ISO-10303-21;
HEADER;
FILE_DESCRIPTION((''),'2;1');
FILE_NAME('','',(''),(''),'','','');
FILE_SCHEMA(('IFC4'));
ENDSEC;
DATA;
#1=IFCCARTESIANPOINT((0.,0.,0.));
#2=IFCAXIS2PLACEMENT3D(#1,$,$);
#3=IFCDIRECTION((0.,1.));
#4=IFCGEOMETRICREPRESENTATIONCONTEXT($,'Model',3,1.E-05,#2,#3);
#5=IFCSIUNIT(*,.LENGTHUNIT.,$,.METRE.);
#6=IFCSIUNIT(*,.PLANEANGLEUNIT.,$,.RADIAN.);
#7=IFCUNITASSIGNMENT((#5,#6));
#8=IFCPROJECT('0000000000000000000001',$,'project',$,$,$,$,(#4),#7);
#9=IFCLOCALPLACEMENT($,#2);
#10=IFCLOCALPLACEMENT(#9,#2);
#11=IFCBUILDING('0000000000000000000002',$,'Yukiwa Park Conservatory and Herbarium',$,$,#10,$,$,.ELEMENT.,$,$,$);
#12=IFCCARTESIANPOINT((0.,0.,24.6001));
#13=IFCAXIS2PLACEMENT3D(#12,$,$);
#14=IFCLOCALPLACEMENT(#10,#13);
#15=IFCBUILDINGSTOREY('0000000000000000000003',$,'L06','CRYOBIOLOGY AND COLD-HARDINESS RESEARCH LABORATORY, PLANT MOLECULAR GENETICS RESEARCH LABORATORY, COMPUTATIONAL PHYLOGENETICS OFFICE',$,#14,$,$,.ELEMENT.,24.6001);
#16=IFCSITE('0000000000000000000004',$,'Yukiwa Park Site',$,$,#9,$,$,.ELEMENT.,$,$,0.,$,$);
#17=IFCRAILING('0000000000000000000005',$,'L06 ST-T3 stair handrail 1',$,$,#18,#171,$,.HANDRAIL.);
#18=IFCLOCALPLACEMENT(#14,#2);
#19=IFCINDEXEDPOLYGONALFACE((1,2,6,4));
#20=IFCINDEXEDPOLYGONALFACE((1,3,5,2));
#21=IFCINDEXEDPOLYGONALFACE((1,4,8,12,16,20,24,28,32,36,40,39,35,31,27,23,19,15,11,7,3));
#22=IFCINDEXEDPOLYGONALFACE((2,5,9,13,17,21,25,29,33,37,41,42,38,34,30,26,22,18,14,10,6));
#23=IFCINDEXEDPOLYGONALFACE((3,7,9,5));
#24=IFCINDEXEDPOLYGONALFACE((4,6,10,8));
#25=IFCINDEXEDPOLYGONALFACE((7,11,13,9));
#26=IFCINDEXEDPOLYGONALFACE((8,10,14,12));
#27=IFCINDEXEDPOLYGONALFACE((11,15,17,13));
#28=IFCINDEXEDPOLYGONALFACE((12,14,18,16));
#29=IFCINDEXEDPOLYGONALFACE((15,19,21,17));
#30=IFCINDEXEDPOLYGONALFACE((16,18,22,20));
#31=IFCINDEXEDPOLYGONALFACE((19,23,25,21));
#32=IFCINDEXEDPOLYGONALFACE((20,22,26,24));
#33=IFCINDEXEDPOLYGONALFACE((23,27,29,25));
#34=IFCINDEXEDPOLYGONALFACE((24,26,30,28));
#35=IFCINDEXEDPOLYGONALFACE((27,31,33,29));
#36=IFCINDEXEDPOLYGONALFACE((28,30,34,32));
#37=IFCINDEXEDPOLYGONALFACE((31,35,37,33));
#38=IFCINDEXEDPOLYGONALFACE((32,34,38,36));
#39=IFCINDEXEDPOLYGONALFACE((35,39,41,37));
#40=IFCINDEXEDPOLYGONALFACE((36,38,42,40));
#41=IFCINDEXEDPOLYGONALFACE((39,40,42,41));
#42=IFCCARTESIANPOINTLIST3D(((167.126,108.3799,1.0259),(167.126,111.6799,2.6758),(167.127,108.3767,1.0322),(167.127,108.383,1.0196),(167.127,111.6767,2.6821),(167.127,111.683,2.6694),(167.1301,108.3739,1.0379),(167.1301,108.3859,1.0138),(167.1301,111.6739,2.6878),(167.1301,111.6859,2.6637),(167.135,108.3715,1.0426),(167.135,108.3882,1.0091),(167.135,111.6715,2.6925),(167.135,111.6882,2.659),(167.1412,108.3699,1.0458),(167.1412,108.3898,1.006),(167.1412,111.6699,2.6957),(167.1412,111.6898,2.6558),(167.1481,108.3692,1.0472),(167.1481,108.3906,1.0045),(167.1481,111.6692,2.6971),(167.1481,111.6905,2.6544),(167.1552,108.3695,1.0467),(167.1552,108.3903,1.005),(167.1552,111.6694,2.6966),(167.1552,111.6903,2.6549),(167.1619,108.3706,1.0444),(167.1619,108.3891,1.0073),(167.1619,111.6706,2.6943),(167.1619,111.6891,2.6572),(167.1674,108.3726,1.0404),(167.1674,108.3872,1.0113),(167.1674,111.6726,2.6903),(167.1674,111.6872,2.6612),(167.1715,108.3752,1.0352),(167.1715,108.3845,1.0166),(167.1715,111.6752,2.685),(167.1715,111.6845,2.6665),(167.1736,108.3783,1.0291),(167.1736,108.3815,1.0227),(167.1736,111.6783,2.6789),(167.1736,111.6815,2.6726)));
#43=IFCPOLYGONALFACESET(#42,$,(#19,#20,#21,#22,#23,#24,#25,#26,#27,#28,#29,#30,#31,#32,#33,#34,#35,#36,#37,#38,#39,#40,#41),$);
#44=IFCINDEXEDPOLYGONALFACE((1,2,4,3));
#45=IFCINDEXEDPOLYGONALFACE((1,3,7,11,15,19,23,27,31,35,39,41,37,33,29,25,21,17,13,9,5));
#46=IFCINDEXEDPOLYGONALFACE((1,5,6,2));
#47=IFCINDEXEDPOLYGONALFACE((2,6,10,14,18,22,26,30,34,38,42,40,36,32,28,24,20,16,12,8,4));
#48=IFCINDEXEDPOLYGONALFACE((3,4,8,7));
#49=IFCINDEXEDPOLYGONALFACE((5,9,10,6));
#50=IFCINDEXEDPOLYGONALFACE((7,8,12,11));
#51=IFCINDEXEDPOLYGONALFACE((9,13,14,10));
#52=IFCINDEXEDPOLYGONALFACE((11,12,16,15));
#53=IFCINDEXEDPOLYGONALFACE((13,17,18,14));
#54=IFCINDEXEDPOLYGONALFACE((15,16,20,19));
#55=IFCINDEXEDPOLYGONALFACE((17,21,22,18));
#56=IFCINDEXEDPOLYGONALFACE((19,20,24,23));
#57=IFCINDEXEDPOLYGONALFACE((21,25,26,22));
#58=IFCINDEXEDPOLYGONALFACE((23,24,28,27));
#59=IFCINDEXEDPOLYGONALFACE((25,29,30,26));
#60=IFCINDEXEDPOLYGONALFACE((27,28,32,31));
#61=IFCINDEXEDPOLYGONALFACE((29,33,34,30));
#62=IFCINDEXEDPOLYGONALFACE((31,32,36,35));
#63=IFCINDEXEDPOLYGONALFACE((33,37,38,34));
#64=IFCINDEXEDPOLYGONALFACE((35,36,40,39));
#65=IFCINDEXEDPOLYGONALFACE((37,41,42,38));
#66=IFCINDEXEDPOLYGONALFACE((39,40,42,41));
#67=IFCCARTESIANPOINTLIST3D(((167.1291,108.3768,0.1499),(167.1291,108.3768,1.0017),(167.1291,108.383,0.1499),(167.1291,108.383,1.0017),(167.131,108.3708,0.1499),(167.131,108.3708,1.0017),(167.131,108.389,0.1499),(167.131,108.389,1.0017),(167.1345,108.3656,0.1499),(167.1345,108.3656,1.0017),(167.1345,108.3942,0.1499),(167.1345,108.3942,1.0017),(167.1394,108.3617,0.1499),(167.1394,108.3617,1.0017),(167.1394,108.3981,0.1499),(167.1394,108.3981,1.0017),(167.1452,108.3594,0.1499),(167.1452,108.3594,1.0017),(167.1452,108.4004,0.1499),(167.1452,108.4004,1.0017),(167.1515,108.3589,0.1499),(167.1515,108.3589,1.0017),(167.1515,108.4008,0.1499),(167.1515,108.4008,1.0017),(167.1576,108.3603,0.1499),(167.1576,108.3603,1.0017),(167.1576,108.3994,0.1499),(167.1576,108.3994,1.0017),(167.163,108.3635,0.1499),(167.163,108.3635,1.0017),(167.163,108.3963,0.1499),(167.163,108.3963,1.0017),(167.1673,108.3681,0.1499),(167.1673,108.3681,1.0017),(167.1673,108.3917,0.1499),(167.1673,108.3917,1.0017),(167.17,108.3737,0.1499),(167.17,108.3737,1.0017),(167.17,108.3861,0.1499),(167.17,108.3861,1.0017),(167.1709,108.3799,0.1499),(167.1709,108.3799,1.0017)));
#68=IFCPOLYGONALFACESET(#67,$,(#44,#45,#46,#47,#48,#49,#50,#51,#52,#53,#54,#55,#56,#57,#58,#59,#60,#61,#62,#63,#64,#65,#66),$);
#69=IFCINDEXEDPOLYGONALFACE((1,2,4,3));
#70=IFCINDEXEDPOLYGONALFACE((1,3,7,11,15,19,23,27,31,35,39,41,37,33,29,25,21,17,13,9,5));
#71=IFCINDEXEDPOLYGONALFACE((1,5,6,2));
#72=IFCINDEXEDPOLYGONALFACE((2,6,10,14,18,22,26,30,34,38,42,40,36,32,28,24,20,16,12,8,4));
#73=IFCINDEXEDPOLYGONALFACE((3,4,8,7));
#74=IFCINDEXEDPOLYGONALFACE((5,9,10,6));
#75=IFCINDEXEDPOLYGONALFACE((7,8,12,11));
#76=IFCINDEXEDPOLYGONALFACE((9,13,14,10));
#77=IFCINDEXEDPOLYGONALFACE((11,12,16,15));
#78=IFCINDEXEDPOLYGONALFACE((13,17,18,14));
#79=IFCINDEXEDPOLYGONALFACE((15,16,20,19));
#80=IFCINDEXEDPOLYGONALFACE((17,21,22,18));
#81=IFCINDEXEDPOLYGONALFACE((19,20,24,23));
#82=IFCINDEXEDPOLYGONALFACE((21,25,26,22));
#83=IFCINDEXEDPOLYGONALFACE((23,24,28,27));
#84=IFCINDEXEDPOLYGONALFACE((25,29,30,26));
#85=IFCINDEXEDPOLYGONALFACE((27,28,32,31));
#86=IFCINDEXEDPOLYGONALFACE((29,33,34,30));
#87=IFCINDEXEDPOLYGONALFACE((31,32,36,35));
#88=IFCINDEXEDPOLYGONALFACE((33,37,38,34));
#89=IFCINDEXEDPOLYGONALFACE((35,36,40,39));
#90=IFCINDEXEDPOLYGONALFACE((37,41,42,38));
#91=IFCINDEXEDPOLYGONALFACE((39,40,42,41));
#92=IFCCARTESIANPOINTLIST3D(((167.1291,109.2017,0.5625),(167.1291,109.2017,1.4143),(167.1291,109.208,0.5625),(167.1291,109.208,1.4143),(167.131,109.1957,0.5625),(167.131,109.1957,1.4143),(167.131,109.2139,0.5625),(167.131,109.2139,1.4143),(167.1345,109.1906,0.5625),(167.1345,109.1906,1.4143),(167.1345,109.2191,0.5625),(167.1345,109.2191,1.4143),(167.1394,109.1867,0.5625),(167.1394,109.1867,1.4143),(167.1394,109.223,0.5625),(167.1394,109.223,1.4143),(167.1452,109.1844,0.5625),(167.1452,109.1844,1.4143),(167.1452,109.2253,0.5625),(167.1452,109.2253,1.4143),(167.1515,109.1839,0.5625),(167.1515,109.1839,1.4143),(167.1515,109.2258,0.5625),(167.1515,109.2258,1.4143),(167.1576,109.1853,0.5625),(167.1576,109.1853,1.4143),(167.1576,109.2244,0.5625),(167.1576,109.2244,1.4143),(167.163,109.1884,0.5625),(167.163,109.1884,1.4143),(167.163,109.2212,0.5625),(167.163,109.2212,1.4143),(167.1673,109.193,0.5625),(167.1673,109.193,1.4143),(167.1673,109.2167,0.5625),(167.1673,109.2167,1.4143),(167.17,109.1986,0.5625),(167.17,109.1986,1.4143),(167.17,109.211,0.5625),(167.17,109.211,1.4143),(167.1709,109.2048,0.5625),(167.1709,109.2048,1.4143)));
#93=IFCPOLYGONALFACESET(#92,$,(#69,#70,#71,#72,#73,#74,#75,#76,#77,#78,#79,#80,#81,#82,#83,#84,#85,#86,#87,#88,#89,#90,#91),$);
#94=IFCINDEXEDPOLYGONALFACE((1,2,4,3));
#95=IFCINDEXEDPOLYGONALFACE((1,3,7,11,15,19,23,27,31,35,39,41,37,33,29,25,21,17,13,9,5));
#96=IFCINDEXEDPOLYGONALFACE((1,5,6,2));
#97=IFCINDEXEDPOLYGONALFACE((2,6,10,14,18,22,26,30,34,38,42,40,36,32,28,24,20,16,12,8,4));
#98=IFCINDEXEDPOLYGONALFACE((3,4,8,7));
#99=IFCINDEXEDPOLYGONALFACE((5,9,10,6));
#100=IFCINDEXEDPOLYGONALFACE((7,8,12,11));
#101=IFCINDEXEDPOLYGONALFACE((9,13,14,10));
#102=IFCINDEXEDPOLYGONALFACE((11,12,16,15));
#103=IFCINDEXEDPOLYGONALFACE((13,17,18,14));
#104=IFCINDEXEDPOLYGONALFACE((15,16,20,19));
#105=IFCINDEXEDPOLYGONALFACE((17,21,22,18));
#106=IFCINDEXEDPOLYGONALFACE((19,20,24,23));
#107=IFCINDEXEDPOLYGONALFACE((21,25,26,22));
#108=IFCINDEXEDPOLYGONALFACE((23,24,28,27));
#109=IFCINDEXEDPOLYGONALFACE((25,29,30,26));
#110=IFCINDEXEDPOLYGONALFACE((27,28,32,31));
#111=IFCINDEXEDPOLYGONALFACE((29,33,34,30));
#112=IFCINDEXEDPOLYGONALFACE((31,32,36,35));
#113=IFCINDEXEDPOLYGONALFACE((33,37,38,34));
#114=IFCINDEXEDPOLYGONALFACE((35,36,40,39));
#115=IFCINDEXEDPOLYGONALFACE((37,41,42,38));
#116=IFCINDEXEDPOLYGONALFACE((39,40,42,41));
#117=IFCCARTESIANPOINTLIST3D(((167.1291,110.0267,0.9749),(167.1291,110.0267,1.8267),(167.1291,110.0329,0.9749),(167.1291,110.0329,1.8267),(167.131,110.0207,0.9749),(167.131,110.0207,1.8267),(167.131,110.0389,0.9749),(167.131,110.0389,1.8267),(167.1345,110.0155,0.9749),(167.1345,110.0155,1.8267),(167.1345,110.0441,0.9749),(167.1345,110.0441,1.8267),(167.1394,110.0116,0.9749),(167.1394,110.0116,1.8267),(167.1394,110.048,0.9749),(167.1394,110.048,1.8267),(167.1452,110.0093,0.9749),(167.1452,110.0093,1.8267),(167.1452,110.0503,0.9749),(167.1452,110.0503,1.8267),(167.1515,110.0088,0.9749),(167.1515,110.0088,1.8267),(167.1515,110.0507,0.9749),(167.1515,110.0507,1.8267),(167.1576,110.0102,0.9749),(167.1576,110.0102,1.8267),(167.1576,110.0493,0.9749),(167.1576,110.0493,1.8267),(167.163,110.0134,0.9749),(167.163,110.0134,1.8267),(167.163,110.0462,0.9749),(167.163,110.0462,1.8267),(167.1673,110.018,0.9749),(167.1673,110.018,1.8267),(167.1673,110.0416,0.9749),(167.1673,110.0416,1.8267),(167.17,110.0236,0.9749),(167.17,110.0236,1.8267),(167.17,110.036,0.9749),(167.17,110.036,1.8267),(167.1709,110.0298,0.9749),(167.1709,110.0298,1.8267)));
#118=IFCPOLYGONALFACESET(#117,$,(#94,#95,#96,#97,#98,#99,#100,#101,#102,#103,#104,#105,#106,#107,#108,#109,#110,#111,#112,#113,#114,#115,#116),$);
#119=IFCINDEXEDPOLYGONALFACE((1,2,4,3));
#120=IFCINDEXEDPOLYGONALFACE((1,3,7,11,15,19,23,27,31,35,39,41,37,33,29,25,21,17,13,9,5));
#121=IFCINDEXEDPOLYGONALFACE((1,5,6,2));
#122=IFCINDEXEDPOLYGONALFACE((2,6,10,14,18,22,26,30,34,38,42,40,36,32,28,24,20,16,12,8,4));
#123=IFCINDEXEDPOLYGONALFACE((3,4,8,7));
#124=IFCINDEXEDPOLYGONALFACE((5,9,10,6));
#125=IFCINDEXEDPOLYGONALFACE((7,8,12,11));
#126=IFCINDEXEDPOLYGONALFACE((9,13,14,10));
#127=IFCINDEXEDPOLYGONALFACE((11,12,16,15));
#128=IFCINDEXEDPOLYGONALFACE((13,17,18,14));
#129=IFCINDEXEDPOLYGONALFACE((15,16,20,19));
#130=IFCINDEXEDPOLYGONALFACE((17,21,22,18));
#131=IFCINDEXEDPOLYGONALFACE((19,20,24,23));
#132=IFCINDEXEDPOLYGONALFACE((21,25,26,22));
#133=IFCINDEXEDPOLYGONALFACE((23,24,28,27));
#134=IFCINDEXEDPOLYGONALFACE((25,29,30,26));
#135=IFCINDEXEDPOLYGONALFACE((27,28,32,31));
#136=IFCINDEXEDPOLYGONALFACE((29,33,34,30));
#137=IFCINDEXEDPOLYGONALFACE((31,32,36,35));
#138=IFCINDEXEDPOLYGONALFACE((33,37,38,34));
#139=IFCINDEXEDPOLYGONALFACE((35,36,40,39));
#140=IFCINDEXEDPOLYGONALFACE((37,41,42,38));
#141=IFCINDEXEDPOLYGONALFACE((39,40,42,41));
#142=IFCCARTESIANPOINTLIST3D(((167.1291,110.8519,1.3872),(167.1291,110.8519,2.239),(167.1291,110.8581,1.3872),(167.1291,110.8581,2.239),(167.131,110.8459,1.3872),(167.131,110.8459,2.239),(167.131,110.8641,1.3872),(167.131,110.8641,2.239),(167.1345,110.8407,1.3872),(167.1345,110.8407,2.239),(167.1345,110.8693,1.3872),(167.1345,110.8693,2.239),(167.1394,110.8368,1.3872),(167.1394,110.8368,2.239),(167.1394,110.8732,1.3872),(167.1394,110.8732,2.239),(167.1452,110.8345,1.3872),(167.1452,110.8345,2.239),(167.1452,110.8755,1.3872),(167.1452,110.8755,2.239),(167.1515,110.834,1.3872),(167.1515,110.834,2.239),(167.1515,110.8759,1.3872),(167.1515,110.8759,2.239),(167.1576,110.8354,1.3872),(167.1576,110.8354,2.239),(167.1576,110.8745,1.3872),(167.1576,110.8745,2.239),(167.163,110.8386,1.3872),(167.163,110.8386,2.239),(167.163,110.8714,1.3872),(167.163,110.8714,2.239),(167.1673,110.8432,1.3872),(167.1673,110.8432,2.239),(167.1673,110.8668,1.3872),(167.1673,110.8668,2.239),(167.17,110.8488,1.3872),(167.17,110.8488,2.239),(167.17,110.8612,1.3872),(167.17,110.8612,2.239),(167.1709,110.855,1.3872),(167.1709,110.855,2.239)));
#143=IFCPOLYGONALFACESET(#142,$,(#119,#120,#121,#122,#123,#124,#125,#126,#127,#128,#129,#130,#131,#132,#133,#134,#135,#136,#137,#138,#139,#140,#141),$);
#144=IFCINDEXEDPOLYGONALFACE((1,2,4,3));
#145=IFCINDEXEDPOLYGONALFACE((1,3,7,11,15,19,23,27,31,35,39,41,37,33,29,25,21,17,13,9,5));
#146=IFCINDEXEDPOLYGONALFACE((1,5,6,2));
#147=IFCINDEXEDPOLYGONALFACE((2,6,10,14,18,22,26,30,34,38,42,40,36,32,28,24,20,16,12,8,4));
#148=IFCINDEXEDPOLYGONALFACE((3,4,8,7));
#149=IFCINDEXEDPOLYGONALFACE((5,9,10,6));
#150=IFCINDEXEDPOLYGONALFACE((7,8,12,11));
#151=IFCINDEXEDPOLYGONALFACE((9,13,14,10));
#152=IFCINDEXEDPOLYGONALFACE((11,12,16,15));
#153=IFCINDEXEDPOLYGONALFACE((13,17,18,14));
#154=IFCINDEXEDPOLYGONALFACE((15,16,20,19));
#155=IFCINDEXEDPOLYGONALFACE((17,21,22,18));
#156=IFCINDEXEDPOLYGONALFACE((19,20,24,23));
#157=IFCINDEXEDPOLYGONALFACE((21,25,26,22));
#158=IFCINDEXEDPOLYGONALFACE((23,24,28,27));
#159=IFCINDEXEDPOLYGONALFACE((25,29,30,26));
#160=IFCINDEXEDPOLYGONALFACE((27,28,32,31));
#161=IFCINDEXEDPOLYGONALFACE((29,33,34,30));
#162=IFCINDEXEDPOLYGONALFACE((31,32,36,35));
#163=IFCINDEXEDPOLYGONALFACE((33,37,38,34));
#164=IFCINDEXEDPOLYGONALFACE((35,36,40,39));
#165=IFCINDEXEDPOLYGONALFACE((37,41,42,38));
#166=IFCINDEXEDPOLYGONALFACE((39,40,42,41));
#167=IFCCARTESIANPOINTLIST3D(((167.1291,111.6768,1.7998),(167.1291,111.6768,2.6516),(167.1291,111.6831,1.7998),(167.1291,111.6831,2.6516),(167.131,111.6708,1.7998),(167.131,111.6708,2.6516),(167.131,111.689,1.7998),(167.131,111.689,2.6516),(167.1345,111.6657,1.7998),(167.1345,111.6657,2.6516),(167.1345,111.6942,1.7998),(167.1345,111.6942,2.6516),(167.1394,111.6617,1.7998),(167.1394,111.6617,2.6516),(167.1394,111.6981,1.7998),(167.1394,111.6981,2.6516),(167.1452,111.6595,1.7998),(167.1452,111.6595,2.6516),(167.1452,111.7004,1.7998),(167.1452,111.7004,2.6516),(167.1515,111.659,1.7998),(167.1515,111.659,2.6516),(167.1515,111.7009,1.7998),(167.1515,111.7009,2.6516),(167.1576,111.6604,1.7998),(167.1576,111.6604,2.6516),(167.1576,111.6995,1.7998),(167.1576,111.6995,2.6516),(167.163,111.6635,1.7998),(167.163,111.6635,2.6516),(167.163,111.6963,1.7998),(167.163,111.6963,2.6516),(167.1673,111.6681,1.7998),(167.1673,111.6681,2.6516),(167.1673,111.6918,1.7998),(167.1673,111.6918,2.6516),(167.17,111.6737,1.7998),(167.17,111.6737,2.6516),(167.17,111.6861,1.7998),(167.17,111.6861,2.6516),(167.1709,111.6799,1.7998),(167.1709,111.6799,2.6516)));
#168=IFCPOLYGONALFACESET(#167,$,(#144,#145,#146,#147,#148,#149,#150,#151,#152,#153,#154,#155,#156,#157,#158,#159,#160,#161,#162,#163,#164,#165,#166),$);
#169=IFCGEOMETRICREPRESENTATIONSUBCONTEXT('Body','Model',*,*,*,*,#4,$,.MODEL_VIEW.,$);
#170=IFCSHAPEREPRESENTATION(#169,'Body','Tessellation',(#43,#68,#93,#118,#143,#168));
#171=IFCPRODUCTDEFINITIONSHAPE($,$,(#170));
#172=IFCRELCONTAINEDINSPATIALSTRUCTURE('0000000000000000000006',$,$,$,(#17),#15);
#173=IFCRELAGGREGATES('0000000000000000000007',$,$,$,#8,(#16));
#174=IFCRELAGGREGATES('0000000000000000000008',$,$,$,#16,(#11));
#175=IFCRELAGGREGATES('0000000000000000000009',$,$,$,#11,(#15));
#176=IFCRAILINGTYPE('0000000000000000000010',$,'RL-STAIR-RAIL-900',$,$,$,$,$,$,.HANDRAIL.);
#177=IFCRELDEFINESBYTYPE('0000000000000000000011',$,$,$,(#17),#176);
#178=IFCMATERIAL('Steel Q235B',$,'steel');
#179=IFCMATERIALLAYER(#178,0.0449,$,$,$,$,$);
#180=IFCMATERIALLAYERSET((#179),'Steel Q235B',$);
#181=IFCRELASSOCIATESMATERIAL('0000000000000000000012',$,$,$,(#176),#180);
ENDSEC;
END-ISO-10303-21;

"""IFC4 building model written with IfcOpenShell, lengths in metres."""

from ifc_helpers import new_model, si_unit, direction, frame, origin, origin_2d, place, context, subcontext, project, spatial, circle, extrude, material, layer, layer_set, type_object, element, save


model = new_model("IFC4")

# Units and contexts
model_context = context("Model", 3, precision=1e-05, world=origin(), true_north=direction((0.0, 1.0)))
body_context = subcontext(model_context, "Body", "Model", "MODEL_VIEW")
ifc_project = project(units=[si_unit("LENGTHUNIT", "METRE"), si_unit("PLANEANGLEUNIT", "RADIAN")], contexts=[model_context])

# Site, building, storey
site_placement = place(None, origin())
site = spatial("IfcSite", under=ifc_project, at=site_placement, Name="Yukiwa Park Site", CompositionType="ELEMENT", RefElevation=0.0)
building_placement = place(site_placement, origin())
building = spatial("IfcBuilding", under=site, at=building_placement, Name="Yukiwa Park Conservatory and Herbarium", CompositionType="ELEMENT")
storey_placement = place(building_placement, frame((0.0, 0.0, 24.6001)))
storey = spatial("IfcBuildingStorey", under=building, at=storey_placement, Name="L06", Description="CRYOBIOLOGY AND COLD-HARDINESS RESEARCH LABORATORY, PLANT MOLECULAR GENETICS RESEARCH LABORATORY, COMPUTATIONAL PHYLOGENETICS OFFICE", CompositionType="ELEMENT", Elevation=24.6001)

# Railing
ifc_material_1 = material(Name="Steel Q235B", Category="steel")
ifc_layer_1 = layer(ifc_material_1, 0.0449)
ifc_layer_set_1 = layer_set([ifc_layer_1], Name="Steel Q235B")
railing_type_1 = type_object("IfcRailingType", Name="RL-STAIR-RAIL-900", PredefinedType="HANDRAIL", material=ifc_layer_set_1)
railing_1_placement = place(storey_placement, frame((167.1499, 108.3799, 0.1499)))
element("IfcRailing", 1, at=railing_1_placement, inside=storey, type_object=railing_type_1, Name="L06 ST-T3 stair handrail 1", PredefinedType="HANDRAIL", context=body_context, shape_type="SweptSolid", body=[
    extrude(circle(Radius=0.0239, at=origin_2d()), frame((0.0, 0.0, 0.876), z_axis=(0.0, 0.89444, 0.447187), x_axis=(-1.0, 0.0, 0.0)), (0.0, 0.0, 1.0), 3.6895),
    extrude(circle(Radius=0.021, at=origin_2d()), origin(), (0.0, 0.0, 1.0), 0.8518),
    extrude(circle(Radius=0.021, at=origin_2d()), frame((0.0, 0.825, 0.4126)), (0.0, 0.0, 1.0), 0.8518),
    extrude(circle(Radius=0.021, at=origin_2d()), frame((0.0, 1.6499, 0.825)), (0.0, 0.0, 1.0), 0.8518),
    extrude(circle(Radius=0.021, at=origin_2d()), frame((0.0, 2.4751, 1.2373)), (0.0, 0.0, 1.0), 0.8518),
    extrude(circle(Radius=0.021, at=origin_2d()), frame((0.0, 3.3, 1.6499)), (0.0, 0.0, 1.0), 0.8518),
])

save(model, "model.ifc")
